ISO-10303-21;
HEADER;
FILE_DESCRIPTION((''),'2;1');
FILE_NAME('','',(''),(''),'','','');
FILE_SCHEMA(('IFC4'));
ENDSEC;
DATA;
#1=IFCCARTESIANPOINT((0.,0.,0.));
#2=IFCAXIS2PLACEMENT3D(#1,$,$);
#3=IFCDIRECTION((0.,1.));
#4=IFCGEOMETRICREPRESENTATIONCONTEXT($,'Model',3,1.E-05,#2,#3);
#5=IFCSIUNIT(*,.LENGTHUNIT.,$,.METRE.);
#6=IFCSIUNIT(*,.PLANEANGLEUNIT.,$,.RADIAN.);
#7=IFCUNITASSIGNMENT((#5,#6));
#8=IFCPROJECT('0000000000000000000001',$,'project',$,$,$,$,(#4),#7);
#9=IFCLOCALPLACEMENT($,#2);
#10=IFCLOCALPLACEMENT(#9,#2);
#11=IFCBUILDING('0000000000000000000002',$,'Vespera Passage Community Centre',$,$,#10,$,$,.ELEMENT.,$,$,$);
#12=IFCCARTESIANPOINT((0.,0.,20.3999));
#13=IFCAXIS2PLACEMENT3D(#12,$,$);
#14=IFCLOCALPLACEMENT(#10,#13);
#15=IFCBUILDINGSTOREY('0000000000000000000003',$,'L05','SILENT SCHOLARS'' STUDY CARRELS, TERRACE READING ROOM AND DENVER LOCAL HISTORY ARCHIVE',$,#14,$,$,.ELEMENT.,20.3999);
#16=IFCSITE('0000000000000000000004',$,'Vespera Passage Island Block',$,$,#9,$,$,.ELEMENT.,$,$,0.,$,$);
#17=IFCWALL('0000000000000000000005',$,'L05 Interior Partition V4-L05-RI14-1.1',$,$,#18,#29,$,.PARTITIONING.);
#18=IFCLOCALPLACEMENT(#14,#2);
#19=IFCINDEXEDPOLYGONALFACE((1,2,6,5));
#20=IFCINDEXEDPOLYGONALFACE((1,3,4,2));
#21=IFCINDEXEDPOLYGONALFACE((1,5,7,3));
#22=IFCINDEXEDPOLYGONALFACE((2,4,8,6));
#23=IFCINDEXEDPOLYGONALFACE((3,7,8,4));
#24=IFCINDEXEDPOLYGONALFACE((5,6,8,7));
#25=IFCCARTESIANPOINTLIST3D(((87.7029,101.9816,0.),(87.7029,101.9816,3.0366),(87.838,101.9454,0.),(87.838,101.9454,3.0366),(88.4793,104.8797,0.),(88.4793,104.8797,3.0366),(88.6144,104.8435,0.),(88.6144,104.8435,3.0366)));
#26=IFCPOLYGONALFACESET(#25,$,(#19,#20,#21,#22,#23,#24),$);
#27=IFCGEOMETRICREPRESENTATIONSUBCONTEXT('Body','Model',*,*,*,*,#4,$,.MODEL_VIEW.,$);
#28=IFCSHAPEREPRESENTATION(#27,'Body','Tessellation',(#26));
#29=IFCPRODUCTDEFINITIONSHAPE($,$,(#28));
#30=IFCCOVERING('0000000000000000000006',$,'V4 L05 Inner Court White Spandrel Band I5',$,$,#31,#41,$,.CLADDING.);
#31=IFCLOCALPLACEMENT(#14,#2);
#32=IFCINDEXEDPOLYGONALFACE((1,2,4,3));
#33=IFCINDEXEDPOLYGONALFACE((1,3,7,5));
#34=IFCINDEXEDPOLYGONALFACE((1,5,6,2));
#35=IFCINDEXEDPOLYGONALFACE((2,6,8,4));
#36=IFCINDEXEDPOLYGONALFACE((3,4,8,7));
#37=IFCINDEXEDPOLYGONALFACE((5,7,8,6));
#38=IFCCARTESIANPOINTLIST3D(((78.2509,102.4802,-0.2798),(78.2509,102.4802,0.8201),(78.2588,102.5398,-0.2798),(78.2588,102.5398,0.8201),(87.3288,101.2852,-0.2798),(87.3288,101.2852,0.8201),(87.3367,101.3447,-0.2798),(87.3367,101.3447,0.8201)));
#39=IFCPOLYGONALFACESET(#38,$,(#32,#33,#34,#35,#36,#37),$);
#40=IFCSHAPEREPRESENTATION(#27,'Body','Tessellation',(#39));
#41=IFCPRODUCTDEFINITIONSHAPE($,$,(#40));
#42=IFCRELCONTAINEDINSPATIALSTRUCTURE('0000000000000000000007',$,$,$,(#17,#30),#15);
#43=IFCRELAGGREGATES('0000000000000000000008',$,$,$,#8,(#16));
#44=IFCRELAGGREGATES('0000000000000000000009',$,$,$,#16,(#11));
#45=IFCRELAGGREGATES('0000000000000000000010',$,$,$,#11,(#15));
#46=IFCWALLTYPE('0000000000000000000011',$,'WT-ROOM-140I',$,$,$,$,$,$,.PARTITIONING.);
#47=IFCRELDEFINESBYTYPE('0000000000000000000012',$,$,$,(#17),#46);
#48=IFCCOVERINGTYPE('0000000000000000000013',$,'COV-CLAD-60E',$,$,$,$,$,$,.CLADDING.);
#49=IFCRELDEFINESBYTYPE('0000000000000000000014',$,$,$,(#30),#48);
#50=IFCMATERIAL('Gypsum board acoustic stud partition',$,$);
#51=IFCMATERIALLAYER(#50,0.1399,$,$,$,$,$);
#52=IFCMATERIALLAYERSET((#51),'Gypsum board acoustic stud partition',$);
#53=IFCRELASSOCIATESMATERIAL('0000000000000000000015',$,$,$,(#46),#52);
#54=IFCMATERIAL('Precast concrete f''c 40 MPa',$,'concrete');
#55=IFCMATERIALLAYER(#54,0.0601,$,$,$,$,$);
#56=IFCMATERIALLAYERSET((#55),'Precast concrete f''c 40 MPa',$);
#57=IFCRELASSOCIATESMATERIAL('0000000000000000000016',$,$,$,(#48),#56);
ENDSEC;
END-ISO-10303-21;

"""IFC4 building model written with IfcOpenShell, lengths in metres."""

from ifc_helpers import new_model, si_unit, direction, frame, frame_2d, origin, place, context, subcontext, project, spatial, rectangle, extrude, material, layer, layer_set, type_object, element, save


model = new_model("IFC4")

# Units and contexts
model_context = context("Model", 3, precision=1e-05, world=origin(), true_north=direction((0.0, 1.0)))
body_context = subcontext(model_context, "Body", "Model", "MODEL_VIEW")
ifc_project = project(units=[si_unit("LENGTHUNIT", "METRE"), si_unit("PLANEANGLEUNIT", "RADIAN")], contexts=[model_context])

# Site, building, storey
site_placement = place(None, origin())
site = spatial("IfcSite", under=ifc_project, at=site_placement, Name="Vespera Passage Island Block", CompositionType="ELEMENT", RefElevation=0.0)
building_placement = place(site_placement, origin())
building = spatial("IfcBuilding", under=site, at=building_placement, Name="Vespera Passage Community Centre", CompositionType="ELEMENT")
storey_placement = place(building_placement, frame((0.0, 0.0, 20.3999)))
storey = spatial("IfcBuildingStorey", under=building, at=storey_placement, Name="L05", Description="SILENT SCHOLARS' STUDY CARRELS, TERRACE READING ROOM AND DENVER LOCAL HISTORY ARCHIVE", CompositionType="ELEMENT", Elevation=20.3999)

# Wall
ifc_material_1 = material(Name="Gypsum board acoustic stud partition")
ifc_layer_1 = layer(ifc_material_1, 0.1399)
ifc_layer_set_1 = layer_set([ifc_layer_1], Name="Gypsum board acoustic stud partition")
wall_type_1 = type_object("IfcWallType", Name="WT-ROOM-140I", PredefinedType="PARTITIONING", material=ifc_layer_set_1)
wall_1_placement = place(storey_placement, frame((87.7705, 101.9636, 0.0), z_axis=(0.0, 0.0, 1.0), x_axis=(0.258777, 0.965937, 0.0)))
element("IfcWall", 1, at=wall_1_placement, inside=storey, type_object=wall_type_1, Name="L05 Interior Partition V4-L05-RI14-1.1", PredefinedType="PARTITIONING", context=body_context, shape_type="SweptSolid", body=[
    extrude(rectangle(XDim=3.0002, YDim=0.1399, at=frame_2d((1.5, 0.0))), origin(), (0.0, 0.0, 1.0), 3.0366),
])

# Covering
ifc_material_2 = material(Name="Precast concrete f'c 40 MPa", Category="concrete")
ifc_layer_2 = layer(ifc_material_2, 0.0601)
ifc_layer_set_2 = layer_set([ifc_layer_2], Name="Precast concrete f'c 40 MPa")
covering_type = type_object("IfcCoveringType", Name="COV-CLAD-60E", PredefinedType="CLADDING", material=ifc_layer_set_2)
covering_placement = place(storey_placement, frame((87.3328, 101.3149, -0.2798), z_axis=(0.0, 0.0, 1.0), x_axis=(-0.991446, 0.13052, 0.0)))
element("IfcCovering", 2, at=covering_placement, inside=storey, type_object=covering_type, Name="V4 L05 Inner Court White Spandrel Band I5", PredefinedType="CLADDING", context=body_context, shape_type="SweptSolid", body=[
    extrude(rectangle(XDim=9.1562, YDim=0.0601, at=frame_2d((4.5781, 0.0))), origin(), (0.0, 0.0, 1.0), 1.0999),
])

save(model, "model.ifc")
